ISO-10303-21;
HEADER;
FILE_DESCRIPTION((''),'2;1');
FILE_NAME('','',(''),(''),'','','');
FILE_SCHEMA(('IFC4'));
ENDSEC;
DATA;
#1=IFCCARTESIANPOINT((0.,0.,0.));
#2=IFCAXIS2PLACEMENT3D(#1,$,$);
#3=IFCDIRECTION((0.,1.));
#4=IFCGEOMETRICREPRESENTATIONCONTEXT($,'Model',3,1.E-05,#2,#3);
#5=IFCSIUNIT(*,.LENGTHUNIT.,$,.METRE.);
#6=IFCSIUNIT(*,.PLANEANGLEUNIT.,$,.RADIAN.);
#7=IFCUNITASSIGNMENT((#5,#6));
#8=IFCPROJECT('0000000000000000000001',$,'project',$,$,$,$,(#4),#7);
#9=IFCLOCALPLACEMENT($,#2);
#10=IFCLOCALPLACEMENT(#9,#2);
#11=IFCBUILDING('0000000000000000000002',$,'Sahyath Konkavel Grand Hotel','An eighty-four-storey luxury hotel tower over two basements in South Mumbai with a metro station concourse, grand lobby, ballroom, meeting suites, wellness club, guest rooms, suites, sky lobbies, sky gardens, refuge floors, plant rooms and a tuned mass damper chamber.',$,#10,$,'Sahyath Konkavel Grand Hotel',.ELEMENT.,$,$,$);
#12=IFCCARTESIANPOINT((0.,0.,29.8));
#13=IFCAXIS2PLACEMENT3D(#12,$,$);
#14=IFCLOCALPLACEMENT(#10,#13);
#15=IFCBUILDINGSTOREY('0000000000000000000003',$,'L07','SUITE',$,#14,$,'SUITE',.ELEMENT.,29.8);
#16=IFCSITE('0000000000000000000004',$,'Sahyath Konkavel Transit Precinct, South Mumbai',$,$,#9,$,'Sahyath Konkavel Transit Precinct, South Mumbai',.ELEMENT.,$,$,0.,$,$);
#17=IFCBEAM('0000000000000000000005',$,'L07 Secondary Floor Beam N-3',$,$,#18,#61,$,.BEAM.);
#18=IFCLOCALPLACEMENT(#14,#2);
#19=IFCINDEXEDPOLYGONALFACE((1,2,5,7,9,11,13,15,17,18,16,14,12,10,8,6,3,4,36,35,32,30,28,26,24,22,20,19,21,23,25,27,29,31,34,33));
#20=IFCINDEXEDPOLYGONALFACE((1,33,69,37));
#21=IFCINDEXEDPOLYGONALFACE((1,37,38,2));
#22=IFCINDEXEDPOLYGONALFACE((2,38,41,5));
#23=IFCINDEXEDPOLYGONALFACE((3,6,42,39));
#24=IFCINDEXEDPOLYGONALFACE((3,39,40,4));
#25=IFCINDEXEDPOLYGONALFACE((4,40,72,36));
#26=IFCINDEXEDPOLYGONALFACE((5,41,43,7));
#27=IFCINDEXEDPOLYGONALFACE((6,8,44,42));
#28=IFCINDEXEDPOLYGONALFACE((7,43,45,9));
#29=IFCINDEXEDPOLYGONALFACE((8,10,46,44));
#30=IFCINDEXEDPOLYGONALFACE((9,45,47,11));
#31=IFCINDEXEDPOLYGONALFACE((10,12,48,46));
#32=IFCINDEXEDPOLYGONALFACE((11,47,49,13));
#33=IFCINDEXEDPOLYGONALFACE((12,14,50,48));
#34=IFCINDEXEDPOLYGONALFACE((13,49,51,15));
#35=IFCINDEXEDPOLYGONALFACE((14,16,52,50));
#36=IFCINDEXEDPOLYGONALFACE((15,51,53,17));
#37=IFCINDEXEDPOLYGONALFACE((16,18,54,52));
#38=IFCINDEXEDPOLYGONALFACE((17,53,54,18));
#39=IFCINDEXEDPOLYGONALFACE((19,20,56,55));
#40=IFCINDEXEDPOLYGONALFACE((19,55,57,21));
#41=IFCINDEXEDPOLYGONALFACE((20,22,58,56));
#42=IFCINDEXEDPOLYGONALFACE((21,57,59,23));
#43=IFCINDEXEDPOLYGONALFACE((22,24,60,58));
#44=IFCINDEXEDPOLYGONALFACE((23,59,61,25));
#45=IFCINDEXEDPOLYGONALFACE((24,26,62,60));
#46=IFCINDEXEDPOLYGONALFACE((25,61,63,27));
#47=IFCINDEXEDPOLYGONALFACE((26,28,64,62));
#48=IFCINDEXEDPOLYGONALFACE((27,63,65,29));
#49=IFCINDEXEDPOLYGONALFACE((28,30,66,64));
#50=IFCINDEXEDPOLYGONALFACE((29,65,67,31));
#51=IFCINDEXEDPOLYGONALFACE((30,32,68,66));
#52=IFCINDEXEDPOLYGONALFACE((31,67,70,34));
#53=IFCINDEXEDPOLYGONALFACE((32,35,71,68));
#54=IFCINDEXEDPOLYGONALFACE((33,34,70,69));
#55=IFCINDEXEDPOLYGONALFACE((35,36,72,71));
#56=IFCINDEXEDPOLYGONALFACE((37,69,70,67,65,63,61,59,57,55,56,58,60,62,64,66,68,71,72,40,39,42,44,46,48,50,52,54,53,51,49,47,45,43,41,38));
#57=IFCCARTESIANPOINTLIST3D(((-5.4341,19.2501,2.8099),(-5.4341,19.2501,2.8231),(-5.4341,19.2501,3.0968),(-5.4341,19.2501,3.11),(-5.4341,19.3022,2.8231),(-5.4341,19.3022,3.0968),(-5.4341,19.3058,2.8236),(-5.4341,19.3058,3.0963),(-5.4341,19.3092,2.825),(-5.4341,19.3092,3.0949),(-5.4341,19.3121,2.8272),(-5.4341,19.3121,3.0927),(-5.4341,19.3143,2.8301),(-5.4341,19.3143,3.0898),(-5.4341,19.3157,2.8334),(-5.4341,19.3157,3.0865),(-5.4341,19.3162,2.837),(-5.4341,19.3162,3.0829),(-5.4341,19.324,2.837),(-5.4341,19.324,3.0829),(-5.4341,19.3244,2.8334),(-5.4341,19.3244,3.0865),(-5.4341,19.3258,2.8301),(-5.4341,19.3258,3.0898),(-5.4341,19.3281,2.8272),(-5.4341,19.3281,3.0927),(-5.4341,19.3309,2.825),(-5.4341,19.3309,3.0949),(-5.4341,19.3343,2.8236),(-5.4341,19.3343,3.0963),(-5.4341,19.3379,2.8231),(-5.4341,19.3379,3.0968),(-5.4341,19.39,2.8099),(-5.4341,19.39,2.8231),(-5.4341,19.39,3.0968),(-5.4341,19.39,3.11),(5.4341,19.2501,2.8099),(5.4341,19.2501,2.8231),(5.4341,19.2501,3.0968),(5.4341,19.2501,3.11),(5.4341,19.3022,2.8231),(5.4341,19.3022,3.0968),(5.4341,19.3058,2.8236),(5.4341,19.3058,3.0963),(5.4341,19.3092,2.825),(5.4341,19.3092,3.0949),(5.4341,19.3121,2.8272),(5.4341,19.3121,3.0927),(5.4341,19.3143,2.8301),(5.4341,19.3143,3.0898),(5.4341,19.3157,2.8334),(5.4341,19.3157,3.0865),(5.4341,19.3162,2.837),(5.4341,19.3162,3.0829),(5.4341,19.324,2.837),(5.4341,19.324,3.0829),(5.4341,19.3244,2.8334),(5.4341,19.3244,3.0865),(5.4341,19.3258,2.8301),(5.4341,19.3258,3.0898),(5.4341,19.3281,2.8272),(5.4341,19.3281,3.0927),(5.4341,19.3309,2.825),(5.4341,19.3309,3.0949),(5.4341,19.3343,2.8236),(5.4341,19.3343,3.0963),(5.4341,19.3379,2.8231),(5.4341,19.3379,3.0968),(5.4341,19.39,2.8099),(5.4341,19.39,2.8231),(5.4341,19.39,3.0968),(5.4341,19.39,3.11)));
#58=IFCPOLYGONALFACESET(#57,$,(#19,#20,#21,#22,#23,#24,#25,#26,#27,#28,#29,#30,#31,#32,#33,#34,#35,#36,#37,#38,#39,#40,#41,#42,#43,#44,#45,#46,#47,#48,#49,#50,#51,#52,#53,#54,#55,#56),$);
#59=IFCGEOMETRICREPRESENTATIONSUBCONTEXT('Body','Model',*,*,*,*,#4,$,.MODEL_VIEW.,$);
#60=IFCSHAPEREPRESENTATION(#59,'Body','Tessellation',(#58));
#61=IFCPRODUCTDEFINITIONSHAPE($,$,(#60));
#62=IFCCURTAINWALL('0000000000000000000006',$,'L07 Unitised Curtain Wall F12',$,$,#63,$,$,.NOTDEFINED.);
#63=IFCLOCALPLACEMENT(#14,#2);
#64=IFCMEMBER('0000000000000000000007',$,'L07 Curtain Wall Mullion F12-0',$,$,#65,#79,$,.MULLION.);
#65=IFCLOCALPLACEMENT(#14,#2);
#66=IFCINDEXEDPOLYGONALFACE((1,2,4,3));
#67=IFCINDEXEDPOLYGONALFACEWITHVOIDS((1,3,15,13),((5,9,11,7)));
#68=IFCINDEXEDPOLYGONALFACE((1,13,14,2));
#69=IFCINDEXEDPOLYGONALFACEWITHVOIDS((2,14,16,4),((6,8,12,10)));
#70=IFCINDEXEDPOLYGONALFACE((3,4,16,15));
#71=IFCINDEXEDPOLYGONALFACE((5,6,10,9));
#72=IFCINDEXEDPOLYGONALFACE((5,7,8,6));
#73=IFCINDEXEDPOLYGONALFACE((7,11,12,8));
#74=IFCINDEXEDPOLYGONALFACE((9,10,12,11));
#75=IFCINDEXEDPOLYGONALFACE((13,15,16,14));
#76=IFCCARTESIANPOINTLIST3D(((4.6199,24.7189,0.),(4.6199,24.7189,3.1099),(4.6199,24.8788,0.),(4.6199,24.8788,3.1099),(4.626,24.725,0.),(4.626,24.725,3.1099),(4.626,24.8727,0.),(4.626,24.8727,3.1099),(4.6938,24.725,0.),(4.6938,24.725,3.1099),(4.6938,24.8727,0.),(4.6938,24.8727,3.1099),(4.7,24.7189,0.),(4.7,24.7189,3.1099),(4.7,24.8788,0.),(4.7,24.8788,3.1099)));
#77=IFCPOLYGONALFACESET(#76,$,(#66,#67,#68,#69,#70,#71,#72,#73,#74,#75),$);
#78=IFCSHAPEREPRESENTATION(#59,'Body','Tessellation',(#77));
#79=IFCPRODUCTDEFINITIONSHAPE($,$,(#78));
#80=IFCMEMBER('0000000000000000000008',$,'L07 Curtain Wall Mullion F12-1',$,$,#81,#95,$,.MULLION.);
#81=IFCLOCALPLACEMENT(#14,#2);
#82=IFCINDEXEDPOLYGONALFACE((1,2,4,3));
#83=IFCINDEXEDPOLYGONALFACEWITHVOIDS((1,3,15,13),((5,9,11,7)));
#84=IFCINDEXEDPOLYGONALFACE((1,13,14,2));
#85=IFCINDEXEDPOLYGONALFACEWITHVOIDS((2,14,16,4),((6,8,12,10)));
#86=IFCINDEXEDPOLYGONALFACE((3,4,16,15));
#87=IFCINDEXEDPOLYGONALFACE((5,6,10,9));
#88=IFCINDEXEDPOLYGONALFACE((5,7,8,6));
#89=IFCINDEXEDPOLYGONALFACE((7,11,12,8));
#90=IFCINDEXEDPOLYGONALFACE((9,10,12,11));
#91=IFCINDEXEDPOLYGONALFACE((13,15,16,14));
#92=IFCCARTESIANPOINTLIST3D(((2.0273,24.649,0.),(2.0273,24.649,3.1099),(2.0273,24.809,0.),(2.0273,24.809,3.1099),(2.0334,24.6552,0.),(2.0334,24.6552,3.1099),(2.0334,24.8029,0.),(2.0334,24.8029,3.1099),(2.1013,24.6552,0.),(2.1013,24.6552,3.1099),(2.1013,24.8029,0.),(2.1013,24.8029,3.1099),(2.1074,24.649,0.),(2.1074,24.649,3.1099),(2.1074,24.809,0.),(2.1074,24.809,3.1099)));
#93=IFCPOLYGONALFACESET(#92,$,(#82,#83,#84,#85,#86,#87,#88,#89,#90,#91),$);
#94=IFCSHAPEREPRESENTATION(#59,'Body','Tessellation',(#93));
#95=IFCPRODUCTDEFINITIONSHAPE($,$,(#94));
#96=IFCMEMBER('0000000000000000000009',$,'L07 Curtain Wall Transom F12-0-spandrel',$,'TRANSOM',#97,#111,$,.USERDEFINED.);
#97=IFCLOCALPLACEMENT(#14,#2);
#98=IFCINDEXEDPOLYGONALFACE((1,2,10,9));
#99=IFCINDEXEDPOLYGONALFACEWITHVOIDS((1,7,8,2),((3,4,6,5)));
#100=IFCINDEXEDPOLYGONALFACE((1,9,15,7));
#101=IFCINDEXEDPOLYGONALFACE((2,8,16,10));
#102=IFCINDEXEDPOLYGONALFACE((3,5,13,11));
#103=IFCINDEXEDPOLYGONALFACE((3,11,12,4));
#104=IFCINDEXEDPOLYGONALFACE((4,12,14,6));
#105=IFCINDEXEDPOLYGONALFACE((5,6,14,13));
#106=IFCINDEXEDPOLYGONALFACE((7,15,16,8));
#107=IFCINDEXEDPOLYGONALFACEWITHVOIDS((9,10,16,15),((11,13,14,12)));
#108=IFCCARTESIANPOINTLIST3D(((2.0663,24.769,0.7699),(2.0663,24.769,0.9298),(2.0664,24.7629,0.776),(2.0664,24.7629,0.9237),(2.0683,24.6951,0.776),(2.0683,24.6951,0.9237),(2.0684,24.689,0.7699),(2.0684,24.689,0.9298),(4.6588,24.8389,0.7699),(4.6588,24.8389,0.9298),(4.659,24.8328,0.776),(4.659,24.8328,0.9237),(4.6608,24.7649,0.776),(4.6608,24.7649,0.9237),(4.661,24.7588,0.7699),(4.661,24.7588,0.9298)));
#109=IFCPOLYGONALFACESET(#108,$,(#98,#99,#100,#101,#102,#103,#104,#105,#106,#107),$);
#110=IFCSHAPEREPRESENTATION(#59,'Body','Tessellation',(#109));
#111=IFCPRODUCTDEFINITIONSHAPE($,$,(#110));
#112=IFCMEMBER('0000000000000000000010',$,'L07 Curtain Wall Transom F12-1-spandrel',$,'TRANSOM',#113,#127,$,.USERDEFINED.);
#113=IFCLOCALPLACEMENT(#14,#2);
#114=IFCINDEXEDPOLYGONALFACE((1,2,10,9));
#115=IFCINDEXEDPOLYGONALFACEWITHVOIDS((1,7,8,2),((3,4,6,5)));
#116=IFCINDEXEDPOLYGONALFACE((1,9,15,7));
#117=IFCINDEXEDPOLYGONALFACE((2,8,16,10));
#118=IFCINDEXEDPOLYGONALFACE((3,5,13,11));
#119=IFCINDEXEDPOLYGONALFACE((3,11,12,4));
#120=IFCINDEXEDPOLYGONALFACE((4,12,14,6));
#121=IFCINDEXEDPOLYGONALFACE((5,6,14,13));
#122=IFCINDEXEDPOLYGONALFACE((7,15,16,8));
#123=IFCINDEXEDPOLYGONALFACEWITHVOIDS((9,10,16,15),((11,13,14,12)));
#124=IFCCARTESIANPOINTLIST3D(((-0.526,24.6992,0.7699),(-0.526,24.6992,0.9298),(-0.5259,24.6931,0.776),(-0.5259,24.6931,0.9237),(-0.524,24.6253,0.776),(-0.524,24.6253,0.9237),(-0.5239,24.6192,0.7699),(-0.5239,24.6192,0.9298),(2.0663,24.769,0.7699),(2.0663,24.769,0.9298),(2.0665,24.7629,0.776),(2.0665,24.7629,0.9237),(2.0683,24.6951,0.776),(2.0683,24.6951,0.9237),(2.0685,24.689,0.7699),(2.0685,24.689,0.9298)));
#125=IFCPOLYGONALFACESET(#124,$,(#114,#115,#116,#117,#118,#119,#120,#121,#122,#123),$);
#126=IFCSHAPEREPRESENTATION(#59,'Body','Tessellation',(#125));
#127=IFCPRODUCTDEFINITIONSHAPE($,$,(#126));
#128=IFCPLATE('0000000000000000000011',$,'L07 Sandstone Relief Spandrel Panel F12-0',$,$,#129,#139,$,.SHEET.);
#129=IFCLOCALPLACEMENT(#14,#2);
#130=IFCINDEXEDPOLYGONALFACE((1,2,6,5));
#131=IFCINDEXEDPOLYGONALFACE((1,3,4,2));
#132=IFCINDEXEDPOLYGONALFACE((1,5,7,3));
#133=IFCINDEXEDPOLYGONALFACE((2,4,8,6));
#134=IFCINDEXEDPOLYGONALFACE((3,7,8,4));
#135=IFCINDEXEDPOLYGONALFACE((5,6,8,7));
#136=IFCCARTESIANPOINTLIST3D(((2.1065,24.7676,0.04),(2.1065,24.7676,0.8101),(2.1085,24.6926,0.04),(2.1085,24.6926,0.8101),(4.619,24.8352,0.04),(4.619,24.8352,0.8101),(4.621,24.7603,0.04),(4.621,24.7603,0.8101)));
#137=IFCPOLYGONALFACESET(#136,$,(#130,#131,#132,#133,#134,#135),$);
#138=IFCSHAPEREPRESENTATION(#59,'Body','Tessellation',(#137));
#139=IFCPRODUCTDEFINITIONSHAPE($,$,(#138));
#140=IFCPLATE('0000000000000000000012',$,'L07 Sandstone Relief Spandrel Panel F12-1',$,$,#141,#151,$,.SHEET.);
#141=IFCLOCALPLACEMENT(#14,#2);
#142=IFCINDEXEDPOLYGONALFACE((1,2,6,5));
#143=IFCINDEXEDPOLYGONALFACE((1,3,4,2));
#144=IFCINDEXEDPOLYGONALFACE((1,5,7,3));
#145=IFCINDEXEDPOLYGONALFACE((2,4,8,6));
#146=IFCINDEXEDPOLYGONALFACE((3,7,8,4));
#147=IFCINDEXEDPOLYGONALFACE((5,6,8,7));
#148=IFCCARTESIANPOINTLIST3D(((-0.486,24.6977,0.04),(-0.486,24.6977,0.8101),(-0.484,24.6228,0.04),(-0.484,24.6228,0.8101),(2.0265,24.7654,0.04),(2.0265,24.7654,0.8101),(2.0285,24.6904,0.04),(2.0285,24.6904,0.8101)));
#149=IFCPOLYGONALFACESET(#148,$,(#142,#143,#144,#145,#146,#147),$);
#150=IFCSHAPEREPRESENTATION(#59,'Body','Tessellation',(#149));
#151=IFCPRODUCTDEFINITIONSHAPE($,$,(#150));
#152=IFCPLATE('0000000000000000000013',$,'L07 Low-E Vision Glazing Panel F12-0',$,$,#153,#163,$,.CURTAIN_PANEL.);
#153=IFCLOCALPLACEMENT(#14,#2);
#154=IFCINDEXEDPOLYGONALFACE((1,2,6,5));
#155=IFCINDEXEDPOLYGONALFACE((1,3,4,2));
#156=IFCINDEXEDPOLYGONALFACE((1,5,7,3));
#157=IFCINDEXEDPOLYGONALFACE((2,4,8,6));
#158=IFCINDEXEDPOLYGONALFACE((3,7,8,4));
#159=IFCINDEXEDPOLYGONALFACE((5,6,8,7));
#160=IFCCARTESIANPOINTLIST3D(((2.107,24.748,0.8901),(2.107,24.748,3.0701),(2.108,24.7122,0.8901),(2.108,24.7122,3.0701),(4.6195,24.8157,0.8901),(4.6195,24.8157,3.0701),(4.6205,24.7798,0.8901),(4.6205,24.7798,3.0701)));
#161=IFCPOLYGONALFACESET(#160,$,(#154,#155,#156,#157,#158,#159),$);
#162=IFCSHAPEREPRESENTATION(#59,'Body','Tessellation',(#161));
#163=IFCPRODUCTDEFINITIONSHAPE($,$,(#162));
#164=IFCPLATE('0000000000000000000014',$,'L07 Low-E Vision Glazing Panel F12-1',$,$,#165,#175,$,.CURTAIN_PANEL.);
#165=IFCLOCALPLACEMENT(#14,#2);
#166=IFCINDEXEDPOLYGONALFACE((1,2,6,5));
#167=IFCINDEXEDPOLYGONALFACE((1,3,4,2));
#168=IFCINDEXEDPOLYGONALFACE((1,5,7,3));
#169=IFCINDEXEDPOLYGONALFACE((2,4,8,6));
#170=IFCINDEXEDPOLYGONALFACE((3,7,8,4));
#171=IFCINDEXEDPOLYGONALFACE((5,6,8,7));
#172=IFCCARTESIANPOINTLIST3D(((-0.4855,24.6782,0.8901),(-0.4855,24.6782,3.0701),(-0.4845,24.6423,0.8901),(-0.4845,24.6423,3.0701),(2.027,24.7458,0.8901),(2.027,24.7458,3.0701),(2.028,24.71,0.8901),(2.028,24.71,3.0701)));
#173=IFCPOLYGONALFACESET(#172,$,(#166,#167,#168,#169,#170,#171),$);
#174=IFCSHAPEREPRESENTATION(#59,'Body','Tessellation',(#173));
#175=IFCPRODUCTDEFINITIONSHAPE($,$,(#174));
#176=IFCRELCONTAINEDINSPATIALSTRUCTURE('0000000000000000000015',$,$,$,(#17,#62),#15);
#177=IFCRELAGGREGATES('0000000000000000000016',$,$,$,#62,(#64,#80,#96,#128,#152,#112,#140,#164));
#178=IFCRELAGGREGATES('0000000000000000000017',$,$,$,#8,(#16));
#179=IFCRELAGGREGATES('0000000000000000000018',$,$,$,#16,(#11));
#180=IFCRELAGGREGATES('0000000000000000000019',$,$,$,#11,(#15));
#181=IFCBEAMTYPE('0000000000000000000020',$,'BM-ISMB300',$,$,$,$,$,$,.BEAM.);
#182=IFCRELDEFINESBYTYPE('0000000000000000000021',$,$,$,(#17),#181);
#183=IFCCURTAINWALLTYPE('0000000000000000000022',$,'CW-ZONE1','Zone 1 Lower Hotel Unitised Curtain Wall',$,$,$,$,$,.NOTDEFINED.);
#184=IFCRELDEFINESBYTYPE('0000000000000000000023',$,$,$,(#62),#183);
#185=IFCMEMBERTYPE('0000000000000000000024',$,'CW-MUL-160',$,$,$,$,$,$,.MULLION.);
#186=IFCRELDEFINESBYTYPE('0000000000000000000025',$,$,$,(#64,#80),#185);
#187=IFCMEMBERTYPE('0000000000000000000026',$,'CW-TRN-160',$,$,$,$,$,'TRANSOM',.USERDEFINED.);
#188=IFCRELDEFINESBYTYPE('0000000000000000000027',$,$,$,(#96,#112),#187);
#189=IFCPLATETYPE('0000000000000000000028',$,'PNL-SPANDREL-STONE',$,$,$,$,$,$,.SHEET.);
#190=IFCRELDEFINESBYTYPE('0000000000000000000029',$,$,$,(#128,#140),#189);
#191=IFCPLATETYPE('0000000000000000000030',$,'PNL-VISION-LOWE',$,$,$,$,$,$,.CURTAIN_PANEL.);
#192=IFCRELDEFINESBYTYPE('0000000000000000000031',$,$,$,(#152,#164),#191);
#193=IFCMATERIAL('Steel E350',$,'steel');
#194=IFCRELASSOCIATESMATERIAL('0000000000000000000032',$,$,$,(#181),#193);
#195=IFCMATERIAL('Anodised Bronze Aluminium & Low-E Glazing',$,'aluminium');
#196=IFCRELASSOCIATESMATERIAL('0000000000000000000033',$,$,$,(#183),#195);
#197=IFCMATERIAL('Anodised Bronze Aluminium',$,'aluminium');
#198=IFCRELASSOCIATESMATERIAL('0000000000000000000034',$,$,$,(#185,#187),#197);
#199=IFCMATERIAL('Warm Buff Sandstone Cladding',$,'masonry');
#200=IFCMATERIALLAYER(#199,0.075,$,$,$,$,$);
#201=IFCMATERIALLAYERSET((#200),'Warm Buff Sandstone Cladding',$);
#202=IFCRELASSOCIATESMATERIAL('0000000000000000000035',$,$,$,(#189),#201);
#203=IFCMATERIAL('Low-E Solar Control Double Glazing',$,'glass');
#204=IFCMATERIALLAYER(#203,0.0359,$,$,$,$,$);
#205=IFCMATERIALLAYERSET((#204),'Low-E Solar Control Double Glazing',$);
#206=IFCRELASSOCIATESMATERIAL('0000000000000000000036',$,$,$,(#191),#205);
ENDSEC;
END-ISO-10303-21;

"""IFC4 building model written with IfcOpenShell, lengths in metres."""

from ifc_helpers import new_model, si_unit, direction, frame, origin, origin_2d, place, context, subcontext, project, spatial, rectangle, hollow_rectangle, i_section, extrude, source, transform, mapped, material, layer, layer_set, material_profile, profile_set, type_object, element, aggregate, save


model = new_model("IFC4")

# Units and contexts
model_context = context("Model", 3, precision=1e-05, world=origin(), true_north=direction((0.0, 1.0)))
body_context = subcontext(model_context, "Body", "Model", "MODEL_VIEW")
ifc_project = project(units=[si_unit("LENGTHUNIT", "METRE"), si_unit("PLANEANGLEUNIT", "RADIAN")], contexts=[model_context])

# Site, building, storey
site_placement = place(None, origin())
site = spatial("IfcSite", under=ifc_project, at=site_placement, Name="Sahyath Konkavel Transit Precinct, South Mumbai", LongName="Sahyath Konkavel Transit Precinct, South Mumbai", CompositionType="ELEMENT", RefElevation=0.0)
building_placement = place(site_placement, origin())
building = spatial("IfcBuilding", under=site, at=building_placement, Name="Sahyath Konkavel Grand Hotel", Description="An eighty-four-storey luxury hotel tower over two basements in South Mumbai with a metro station concourse, grand lobby, ballroom, meeting suites, wellness club, guest rooms, suites, sky lobbies, sky gardens, refuge floors, plant rooms and a tuned mass damper chamber.", LongName="Sahyath Konkavel Grand Hotel", CompositionType="ELEMENT")
storey_placement = place(building_placement, frame((0.0, 0.0, 29.8)))
storey = spatial("IfcBuildingStorey", under=building, at=storey_placement, Name="L07", Description="SUITE", LongName="SUITE", CompositionType="ELEMENT", Elevation=29.8)

# Beam
ifc_material_1 = material(Name="Steel E350", Category="steel")
ifc_material_profile_1 = material_profile(ifc_material_1, i_section(OverallWidth=0.1399, OverallDepth=0.3, WebThickness=0.0078, FlangeThickness=0.0132, FilletRadius=0.0139, at=origin_2d()), Name="ISMB 300")
ifc_profile_set_1 = profile_set([ifc_material_profile_1], Name="Steel E350")
beam_type_1 = type_object("IfcBeamType", Name="BM-ISMB300", PredefinedType="BEAM", material=ifc_profile_set_1)
shared_shape_1 = source(origin(), body_context, "Body", "SweptSolid", [
    extrude(i_section(OverallWidth=0.1399, OverallDepth=0.3, WebThickness=0.0078, FlangeThickness=0.0132, FilletRadius=0.0139, at=origin_2d()), origin(), (0.0, 0.0, 1.0), 10.8682),
])
beam_1_placement = place(storey_placement, frame((5.4341, 19.3201, 2.96), z_axis=(-1.0, 0.0, 0.0), x_axis=(0.0, -1.0, 0.0)))
element("IfcBeam", 1, at=beam_1_placement, inside=storey, type_object=beam_type_1, Name="L07 Secondary Floor Beam N-3", PredefinedType="BEAM", context=body_context, shape_type="MappedRepresentation", body=[
    mapped(shared_shape_1, transform((0.0, 0.0, 0.0), scale=1.0)),
])

# Curtain wall, members, plates
ifc_material_2 = material(Name="Anodised Bronze Aluminium & Low-E Glazing", Category="aluminium")
curtain_wall_type = type_object("IfcCurtainWallType", Name="CW-ZONE1", Description="Zone 1 Lower Hotel Unitised Curtain Wall", PredefinedType="NOTDEFINED", material=ifc_material_2)
curtain_wall_placement = place(storey_placement, origin())
curtain_wall = element("IfcCurtainWall", 2, at=curtain_wall_placement, inside=storey, type_object=curtain_wall_type, Name="L07 Unitised Curtain Wall F12", PredefinedType="NOTDEFINED")
ifc_material_3 = material(Name="Anodised Bronze Aluminium", Category="aluminium")
ifc_material_profile_2 = material_profile(ifc_material_3, hollow_rectangle(XDim=0.0801, YDim=0.1599, WallThickness=0.0061, at=origin_2d()), Name="RHS 160x80x6")
ifc_profile_set_2 = profile_set([ifc_material_profile_2], Name="Anodised Bronze Aluminium")
member_type_1 = type_object("IfcMemberType", Name="CW-MUL-160", PredefinedType="MULLION", material=ifc_profile_set_2)
shared_shape_2 = source(origin(), body_context, "Body", "SweptSolid", [
    extrude(hollow_rectangle(XDim=0.0801, YDim=0.1599, WallThickness=0.0061, at=origin_2d()), origin(), (0.0, 0.0, 1.0), 3.1099),
])
member_1_placement = place(storey_placement, frame((4.6599, 24.7988, 0.0), z_axis=(0.0, 0.0, 1.0), x_axis=(1.0, 0.0, 0.0)))
member_1 = element("IfcMember", 3, at=member_1_placement, type_object=member_type_1, Name="L07 Curtain Wall Mullion F12-0", PredefinedType="MULLION", context=body_context, shape_type="MappedRepresentation", body=[
    mapped(shared_shape_2, transform((0.0, 0.0, 0.0), scale=1.0)),
])
member_2_placement = place(storey_placement, frame((2.0674, 24.729, 0.0), z_axis=(0.0, 0.0, 1.0), x_axis=(1.0, 0.0, 0.0)))
member_2 = element("IfcMember", 4, at=member_2_placement, type_object=member_type_1, Name="L07 Curtain Wall Mullion F12-1", PredefinedType="MULLION", context=body_context, shape_type="MappedRepresentation", body=[
    mapped(shared_shape_2, transform((0.0, 0.0, 0.0), scale=1.0)),
])
ifc_material_profile_3 = material_profile(ifc_material_3, hollow_rectangle(XDim=0.0801, YDim=0.1599, WallThickness=0.0061, at=origin_2d()), Name="RHS 160x80x6")
ifc_profile_set_3 = profile_set([ifc_material_profile_3], Name="Anodised Bronze Aluminium")
member_type_2 = type_object("IfcMemberType", Name="CW-TRN-160", ElementType="TRANSOM", PredefinedType="USERDEFINED", material=ifc_profile_set_3)
shared_shape_3 = source(origin(), body_context, "Body", "SweptSolid", [
    extrude(hollow_rectangle(XDim=0.0801, YDim=0.1599, WallThickness=0.0061, at=origin_2d()), origin(), (0.0, 0.0, 1.0), 2.5935),
])
member_3_placement = place(storey_placement, frame((4.6599, 24.7988, 0.8499), z_axis=(-0.999638, -0.026923, 0.0), x_axis=(0.026923, -0.999638, 0.0)))
member_3 = element("IfcMember", 5, at=member_3_placement, type_object=member_type_2, Name="L07 Curtain Wall Transom F12-0-spandrel", ObjectType="TRANSOM", PredefinedType="USERDEFINED", context=body_context, shape_type="MappedRepresentation", body=[
    mapped(shared_shape_3, transform((0.0, 0.0, 0.0), scale=1.0)),
])
shared_shape_4 = source(origin(), body_context, "Body", "SweptSolid", [
    extrude(hollow_rectangle(XDim=0.0801, YDim=0.1599, WallThickness=0.0061, at=origin_2d()), origin(), (0.0, 0.0, 1.0), 2.5933),
])
member_4_placement = place(storey_placement, frame((2.0674, 24.729, 0.8499), z_axis=(-0.999637, -0.026926, 0.0), x_axis=(0.026926, -0.999637, 0.0)))
member_4 = element("IfcMember", 6, at=member_4_placement, type_object=member_type_2, Name="L07 Curtain Wall Transom F12-1-spandrel", ObjectType="TRANSOM", PredefinedType="USERDEFINED", context=body_context, shape_type="MappedRepresentation", body=[
    mapped(shared_shape_4, transform((0.0, 0.0, 0.0), scale=1.0)),
])
ifc_material_4 = material(Name="Warm Buff Sandstone Cladding", Category="masonry")
ifc_layer_1 = layer(ifc_material_4, 0.075)
ifc_layer_set_1 = layer_set([ifc_layer_1], Name="Warm Buff Sandstone Cladding")
plate_type_1 = type_object("IfcPlateType", Name="PNL-SPANDREL-STONE", PredefinedType="SHEET", material=ifc_layer_set_1)
shared_shape_5 = source(origin(), body_context, "Body", "SweptSolid", [
    extrude(rectangle(XDim=2.5134, YDim=0.075, at=origin_2d()), origin(), (0.0, 0.0, 1.0), 0.77),
])
plate_1_placement = place(storey_placement, frame((3.3638, 24.7639, 0.04), z_axis=(0.0, 0.0, 1.0), x_axis=(-0.999638, -0.02691, 0.0)))
plate_1 = element("IfcPlate", 7, at=plate_1_placement, type_object=plate_type_1, Name="L07 Sandstone Relief Spandrel Panel F12-0", PredefinedType="SHEET", context=body_context, shape_type="MappedRepresentation", body=[
    mapped(shared_shape_5, transform((0.0, 0.0, 0.0), scale=1.0)),
])
plate_2_placement = place(storey_placement, frame((0.7712, 24.6941, 0.04), z_axis=(0.0, 0.0, 1.0), x_axis=(-0.999638, -0.02691, 0.0)))
plate_2 = element("IfcPlate", 8, at=plate_2_placement, type_object=plate_type_1, Name="L07 Sandstone Relief Spandrel Panel F12-1", PredefinedType="SHEET", context=body_context, shape_type="MappedRepresentation", body=[
    mapped(shared_shape_5, transform((0.0, 0.0, 0.0), scale=1.0)),
])
ifc_material_5 = material(Name="Low-E Solar Control Double Glazing", Category="glass")
ifc_layer_2 = layer(ifc_material_5, 0.0359)
ifc_layer_set_2 = layer_set([ifc_layer_2], Name="Low-E Solar Control Double Glazing")
plate_type_2 = type_object("IfcPlateType", Name="PNL-VISION-LOWE", PredefinedType="CURTAIN_PANEL", material=ifc_layer_set_2)
shared_shape_6 = source(origin(), body_context, "Body", "SweptSolid", [
    extrude(rectangle(XDim=2.5134, YDim=0.0359, at=origin_2d()), origin(), (0.0, 0.0, 1.0), 2.1799),
])
plate_3_placement = place(storey_placement, frame((3.3638, 24.7639, 0.8901), z_axis=(0.0, 0.0, 1.0), x_axis=(-0.999638, -0.02691, 0.0)))
plate_3 = element("IfcPlate", 9, at=plate_3_placement, type_object=plate_type_2, Name="L07 Low-E Vision Glazing Panel F12-0", PredefinedType="CURTAIN_PANEL", context=body_context, shape_type="MappedRepresentation", body=[
    mapped(shared_shape_6, transform((0.0, 0.0, 0.0), scale=1.0)),
])
plate_4_placement = place(storey_placement, frame((0.7712, 24.6941, 0.8901), z_axis=(0.0, 0.0, 1.0), x_axis=(-0.999638, -0.02691, 0.0)))
plate_4 = element("IfcPlate", 10, at=plate_4_placement, type_object=plate_type_2, Name="L07 Low-E Vision Glazing Panel F12-1", PredefinedType="CURTAIN_PANEL", context=body_context, shape_type="MappedRepresentation", body=[
    mapped(shared_shape_6, transform((0.0, 0.0, 0.0), scale=1.0)),
])
aggregate(curtain_wall, [member_1, member_2, member_3, plate_1, plate_3, member_4, plate_2, plate_4])

save(model, "model.ifc")
